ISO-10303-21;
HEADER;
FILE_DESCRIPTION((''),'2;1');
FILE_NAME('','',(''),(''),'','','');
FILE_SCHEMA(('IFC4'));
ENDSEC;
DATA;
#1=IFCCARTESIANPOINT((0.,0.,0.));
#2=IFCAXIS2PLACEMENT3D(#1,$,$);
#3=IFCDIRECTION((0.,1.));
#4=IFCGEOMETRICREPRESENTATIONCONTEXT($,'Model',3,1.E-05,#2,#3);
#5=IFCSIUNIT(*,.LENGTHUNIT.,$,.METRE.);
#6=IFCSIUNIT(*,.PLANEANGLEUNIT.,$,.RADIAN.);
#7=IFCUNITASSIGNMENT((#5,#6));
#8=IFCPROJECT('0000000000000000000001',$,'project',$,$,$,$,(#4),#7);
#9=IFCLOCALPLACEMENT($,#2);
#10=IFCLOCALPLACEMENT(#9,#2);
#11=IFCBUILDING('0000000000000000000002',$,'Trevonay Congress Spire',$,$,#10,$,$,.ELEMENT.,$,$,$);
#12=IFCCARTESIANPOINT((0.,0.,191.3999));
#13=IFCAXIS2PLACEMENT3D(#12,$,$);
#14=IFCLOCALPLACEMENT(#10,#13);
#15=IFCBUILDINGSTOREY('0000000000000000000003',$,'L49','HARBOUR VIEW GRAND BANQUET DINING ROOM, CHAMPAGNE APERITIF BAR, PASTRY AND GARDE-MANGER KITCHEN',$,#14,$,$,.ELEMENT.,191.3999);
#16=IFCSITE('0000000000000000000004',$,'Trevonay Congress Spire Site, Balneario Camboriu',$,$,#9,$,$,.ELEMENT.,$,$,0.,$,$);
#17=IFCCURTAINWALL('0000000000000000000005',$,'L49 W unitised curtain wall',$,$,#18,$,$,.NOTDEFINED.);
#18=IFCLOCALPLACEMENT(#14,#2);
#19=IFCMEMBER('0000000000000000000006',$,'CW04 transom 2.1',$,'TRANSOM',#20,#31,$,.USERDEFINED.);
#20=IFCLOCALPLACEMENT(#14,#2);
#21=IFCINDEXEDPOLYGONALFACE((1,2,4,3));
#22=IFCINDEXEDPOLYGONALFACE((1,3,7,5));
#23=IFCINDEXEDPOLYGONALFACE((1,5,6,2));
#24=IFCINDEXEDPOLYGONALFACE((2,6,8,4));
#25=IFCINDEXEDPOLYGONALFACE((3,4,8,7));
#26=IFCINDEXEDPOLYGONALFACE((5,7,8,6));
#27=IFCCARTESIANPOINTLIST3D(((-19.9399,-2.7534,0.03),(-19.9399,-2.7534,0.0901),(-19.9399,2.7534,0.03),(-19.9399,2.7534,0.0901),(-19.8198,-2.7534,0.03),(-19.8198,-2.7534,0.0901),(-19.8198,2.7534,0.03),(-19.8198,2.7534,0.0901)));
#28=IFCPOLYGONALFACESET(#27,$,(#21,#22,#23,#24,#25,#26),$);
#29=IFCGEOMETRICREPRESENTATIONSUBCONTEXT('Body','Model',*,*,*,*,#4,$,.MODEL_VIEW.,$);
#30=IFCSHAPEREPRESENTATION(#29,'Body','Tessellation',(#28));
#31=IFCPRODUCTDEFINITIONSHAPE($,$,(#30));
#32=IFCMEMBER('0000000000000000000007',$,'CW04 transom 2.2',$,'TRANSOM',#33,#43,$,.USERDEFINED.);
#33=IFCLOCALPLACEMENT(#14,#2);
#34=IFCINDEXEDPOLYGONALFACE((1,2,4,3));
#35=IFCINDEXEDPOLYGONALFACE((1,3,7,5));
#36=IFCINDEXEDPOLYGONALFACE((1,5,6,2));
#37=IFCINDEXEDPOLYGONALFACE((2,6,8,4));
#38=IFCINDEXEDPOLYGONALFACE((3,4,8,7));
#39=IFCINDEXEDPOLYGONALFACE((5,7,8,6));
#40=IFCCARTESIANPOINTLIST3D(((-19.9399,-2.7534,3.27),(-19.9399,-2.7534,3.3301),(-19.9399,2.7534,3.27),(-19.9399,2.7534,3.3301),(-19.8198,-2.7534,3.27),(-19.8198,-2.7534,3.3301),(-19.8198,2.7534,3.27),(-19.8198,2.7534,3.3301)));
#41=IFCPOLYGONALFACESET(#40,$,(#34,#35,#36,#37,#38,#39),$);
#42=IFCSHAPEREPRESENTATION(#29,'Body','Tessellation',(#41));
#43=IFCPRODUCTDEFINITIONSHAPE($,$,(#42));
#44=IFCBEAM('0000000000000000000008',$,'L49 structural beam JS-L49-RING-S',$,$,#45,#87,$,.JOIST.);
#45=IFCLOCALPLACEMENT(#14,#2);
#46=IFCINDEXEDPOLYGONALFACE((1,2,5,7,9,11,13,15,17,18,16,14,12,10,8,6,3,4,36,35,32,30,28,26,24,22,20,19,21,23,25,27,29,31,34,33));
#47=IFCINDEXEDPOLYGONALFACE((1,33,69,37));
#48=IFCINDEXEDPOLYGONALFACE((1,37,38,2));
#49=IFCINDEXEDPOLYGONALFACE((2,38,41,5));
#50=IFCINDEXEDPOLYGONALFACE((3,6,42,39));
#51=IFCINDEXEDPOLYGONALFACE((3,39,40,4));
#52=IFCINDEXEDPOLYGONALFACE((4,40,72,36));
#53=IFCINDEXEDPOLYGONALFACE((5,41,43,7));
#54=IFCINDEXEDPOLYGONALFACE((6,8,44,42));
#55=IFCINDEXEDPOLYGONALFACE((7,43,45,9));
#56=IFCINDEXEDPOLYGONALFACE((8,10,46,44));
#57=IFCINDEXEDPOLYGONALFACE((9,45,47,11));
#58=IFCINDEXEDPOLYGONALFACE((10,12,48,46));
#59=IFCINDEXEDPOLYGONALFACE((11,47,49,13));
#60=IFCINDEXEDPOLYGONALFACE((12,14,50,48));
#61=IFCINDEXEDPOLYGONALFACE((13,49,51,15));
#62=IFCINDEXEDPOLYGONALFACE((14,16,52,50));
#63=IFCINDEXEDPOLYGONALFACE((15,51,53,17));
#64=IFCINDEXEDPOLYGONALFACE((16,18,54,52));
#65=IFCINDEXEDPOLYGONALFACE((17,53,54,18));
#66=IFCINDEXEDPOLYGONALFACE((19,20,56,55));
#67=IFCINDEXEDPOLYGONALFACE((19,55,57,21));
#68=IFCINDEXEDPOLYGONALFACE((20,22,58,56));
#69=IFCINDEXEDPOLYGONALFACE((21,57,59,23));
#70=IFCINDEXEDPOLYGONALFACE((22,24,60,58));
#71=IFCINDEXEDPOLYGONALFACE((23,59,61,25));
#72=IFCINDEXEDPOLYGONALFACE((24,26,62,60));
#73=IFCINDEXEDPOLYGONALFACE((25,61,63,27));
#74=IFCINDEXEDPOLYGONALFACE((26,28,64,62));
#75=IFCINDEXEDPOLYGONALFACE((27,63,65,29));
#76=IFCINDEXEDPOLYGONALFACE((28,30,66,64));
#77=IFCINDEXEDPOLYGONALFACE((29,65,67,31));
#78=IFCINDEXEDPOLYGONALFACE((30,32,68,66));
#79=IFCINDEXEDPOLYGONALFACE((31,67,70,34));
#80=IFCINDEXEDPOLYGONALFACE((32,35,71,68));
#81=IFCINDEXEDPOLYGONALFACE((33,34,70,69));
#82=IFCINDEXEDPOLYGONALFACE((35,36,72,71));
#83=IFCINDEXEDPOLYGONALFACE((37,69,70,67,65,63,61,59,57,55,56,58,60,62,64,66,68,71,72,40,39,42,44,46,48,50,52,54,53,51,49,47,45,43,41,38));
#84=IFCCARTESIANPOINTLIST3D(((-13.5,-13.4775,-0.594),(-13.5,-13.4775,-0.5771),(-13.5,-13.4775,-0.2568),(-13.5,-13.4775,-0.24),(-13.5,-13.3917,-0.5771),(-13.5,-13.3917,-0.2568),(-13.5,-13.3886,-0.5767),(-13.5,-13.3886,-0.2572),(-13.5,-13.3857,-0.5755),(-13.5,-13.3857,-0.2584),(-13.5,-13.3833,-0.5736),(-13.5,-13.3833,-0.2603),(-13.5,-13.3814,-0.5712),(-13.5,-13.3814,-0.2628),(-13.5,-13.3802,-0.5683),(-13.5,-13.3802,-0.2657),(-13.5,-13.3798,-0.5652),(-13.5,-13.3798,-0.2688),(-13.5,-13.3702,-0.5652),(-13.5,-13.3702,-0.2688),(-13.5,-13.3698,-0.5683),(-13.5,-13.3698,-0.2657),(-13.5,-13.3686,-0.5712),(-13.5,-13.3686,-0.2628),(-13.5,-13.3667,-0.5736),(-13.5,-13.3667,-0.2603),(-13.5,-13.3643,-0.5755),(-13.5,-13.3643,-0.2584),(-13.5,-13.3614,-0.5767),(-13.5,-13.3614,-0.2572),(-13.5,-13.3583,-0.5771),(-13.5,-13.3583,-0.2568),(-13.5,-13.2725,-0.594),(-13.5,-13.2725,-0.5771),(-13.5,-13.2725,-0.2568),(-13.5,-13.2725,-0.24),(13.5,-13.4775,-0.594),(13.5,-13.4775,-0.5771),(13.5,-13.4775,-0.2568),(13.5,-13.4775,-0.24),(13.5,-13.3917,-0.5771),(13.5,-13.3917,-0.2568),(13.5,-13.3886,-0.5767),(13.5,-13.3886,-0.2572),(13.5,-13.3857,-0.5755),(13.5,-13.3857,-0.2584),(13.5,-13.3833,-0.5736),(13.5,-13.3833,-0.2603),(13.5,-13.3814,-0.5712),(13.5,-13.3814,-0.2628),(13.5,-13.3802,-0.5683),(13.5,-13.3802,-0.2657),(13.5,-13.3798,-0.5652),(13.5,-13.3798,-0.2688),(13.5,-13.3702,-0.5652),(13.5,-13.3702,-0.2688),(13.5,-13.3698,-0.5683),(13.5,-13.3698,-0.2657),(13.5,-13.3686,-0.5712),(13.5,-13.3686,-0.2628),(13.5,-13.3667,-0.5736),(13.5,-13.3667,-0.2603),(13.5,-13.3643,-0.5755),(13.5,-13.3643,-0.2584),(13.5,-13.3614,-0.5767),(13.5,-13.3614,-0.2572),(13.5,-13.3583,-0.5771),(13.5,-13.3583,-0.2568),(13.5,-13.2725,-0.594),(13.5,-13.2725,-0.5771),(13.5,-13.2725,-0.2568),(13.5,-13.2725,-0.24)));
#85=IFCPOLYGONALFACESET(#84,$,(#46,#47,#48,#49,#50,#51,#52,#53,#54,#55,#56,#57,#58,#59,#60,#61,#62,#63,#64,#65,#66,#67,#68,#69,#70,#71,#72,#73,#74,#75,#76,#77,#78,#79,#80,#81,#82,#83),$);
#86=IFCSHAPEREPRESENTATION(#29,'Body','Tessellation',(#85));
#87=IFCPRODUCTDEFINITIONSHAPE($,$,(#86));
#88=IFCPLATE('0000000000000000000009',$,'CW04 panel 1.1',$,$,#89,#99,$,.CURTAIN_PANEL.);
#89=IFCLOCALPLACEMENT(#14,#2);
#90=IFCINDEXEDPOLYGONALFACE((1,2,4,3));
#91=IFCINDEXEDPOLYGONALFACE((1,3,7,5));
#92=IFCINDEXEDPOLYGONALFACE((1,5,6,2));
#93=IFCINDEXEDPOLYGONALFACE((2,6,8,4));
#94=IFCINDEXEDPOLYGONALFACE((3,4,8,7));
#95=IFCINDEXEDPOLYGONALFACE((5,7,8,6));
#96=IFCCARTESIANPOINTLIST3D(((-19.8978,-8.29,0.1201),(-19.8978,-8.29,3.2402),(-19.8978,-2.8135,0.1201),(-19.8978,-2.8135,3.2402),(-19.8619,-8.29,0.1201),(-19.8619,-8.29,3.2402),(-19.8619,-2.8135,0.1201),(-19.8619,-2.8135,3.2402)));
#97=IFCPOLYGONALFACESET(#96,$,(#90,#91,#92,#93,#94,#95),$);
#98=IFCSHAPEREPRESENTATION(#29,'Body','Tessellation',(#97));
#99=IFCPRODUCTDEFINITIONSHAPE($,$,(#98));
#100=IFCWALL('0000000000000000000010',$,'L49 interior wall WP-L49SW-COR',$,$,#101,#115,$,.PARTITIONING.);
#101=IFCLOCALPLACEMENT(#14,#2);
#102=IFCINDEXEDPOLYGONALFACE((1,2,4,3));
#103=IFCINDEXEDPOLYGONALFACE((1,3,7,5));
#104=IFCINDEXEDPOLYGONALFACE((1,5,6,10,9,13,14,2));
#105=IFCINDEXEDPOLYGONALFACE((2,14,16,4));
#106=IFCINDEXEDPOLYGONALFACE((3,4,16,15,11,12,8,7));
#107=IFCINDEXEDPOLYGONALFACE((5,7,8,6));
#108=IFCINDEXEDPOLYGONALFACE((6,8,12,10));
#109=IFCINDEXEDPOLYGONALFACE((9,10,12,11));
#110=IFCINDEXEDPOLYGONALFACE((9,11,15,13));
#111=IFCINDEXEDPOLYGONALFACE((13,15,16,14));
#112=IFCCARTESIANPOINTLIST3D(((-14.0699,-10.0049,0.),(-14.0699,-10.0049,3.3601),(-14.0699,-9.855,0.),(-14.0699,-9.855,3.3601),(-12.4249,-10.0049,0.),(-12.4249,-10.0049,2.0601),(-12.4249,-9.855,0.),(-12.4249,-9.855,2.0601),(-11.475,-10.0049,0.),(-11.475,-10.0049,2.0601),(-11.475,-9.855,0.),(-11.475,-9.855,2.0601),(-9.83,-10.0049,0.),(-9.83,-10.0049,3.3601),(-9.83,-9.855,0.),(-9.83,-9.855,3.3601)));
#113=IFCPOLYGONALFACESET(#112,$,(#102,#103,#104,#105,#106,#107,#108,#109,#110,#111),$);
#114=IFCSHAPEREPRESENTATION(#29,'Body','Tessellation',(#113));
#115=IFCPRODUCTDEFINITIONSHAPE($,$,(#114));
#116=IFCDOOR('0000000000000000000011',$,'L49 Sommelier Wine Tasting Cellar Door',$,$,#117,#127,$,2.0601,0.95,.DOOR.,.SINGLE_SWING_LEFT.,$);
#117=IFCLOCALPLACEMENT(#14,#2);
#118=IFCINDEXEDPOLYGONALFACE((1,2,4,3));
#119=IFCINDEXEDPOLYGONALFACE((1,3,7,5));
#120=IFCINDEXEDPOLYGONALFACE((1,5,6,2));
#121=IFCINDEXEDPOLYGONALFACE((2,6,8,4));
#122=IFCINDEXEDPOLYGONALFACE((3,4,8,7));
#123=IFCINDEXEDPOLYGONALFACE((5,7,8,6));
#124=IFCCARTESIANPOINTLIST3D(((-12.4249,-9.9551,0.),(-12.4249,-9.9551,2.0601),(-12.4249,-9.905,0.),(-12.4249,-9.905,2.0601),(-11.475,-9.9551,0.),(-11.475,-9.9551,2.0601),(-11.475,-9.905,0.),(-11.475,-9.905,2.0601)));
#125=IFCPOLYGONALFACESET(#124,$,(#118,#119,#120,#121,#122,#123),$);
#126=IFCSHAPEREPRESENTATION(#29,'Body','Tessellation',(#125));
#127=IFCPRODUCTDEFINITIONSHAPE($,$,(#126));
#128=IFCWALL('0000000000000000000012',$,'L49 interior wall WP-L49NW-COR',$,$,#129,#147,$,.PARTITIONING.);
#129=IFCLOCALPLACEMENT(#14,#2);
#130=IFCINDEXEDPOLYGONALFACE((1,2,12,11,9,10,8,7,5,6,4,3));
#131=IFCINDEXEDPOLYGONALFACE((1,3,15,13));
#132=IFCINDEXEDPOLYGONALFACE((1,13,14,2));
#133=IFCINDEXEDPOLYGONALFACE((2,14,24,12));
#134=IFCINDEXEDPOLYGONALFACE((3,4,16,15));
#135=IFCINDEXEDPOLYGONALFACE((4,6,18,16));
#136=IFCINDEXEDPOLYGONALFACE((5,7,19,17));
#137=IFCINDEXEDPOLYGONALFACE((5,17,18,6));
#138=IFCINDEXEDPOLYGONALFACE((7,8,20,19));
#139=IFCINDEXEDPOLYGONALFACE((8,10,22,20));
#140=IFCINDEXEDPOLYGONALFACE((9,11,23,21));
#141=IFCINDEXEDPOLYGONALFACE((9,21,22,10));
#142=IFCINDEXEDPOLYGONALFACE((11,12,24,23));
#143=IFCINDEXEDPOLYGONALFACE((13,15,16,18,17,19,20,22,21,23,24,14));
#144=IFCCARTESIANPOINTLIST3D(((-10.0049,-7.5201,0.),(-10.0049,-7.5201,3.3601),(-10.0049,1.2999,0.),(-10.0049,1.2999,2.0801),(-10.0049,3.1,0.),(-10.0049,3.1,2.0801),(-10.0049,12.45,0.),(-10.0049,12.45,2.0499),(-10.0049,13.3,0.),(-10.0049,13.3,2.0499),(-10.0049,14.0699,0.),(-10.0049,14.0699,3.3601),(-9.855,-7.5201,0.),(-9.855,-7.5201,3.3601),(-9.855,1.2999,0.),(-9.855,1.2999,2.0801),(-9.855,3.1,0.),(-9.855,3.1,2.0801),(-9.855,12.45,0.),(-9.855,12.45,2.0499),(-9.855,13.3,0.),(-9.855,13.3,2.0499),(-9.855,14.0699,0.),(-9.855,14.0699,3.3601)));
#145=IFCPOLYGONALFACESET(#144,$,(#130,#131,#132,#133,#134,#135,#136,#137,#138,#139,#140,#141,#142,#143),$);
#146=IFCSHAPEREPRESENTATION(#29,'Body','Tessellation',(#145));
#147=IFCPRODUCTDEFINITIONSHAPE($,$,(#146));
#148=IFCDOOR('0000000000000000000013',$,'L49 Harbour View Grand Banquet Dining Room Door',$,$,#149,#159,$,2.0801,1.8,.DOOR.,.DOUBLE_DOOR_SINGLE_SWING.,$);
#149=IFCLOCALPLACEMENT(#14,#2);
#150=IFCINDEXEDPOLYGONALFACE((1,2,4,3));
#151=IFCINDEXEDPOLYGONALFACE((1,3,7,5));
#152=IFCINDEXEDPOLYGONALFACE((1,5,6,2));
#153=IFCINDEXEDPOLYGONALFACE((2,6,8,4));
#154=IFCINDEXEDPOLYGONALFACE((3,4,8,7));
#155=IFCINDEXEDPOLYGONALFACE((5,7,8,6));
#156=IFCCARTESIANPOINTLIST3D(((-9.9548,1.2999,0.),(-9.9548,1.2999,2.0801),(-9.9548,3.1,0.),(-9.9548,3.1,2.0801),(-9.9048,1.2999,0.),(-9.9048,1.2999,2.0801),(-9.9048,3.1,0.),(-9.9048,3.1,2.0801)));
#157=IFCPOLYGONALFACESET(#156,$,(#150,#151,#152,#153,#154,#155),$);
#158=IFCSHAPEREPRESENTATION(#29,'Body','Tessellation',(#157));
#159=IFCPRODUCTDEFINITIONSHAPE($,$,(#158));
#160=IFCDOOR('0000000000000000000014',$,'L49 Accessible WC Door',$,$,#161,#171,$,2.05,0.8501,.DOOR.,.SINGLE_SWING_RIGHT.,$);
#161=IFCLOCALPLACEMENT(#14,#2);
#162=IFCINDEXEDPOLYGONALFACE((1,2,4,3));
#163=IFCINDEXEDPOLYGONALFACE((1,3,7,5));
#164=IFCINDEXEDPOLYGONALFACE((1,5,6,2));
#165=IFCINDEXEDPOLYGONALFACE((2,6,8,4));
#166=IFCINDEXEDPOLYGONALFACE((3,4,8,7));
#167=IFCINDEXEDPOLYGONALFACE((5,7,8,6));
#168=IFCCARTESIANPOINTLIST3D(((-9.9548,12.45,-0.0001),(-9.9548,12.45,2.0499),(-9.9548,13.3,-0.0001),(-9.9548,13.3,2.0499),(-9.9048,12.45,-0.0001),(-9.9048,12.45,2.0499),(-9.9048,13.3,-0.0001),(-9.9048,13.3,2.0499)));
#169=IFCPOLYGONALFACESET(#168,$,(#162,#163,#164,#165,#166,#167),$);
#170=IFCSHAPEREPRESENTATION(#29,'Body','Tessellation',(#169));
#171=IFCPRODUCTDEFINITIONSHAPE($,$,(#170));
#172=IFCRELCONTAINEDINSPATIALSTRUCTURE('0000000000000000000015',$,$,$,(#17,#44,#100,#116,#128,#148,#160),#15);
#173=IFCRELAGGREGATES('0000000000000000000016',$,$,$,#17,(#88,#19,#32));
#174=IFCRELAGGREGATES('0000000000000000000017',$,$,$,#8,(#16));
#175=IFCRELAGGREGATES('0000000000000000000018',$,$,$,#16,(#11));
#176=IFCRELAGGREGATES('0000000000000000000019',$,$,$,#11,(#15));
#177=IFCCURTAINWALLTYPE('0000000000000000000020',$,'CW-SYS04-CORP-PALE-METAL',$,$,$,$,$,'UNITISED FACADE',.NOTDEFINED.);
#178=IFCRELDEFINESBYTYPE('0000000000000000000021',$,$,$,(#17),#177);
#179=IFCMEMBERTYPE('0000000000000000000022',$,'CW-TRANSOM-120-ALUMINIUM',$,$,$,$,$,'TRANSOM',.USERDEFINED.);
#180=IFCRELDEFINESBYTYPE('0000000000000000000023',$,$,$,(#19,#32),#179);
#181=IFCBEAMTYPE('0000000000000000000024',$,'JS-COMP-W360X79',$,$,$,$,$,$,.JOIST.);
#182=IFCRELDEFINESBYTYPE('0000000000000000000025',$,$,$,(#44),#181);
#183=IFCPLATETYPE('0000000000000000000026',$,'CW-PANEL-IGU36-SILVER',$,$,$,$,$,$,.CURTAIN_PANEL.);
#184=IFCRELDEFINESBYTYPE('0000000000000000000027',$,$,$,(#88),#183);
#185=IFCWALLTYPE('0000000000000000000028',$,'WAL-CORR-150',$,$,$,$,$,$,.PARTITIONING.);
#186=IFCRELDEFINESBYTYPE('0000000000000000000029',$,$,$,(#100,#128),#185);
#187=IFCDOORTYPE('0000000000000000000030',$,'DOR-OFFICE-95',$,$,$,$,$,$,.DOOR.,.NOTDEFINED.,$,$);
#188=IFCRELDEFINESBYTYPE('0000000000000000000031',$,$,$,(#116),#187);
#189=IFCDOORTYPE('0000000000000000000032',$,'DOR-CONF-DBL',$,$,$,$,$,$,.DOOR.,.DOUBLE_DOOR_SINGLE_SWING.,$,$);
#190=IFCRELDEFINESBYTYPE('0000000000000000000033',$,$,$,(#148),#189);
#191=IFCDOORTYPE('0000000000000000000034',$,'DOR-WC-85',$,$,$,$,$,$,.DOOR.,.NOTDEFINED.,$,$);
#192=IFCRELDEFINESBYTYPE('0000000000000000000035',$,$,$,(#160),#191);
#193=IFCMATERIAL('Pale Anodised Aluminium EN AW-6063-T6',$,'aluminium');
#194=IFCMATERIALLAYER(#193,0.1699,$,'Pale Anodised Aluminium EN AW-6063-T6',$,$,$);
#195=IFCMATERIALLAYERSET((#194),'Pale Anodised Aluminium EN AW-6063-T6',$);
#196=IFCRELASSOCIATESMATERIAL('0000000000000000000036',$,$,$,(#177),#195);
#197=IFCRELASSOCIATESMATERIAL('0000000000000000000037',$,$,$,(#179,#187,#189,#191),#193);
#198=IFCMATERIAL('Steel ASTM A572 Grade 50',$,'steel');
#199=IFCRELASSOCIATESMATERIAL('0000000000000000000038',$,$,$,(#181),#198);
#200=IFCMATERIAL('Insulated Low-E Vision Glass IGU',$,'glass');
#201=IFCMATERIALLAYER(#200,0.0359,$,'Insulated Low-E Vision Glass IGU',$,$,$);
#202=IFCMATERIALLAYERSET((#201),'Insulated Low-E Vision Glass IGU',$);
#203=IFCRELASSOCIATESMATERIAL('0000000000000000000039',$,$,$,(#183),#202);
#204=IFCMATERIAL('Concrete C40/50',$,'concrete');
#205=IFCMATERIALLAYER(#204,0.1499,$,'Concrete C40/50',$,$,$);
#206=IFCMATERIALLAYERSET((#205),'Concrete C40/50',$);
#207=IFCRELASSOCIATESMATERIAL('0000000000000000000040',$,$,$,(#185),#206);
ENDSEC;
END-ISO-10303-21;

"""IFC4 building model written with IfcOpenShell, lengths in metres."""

from ifc_helpers import new_model, si_unit, direction, frame, frame_2d, origin, origin_2d, place, context, subcontext, project, spatial, rectangle, i_section, extrude, material, layer, layer_set, material_profile, profile_set, type_object, element, fill, aggregate, save


model = new_model("IFC4")

# Units and contexts
model_context = context("Model", 3, precision=1e-05, world=origin(), true_north=direction((0.0, 1.0)))
body_context = subcontext(model_context, "Body", "Model", "MODEL_VIEW")
ifc_project = project(units=[si_unit("LENGTHUNIT", "METRE"), si_unit("PLANEANGLEUNIT", "RADIAN")], contexts=[model_context])

# Site, building, storey
site_placement = place(None, origin())
site = spatial("IfcSite", under=ifc_project, at=site_placement, Name="Trevonay Congress Spire Site, Balneario Camboriu", CompositionType="ELEMENT", RefElevation=0.0)
building_placement = place(site_placement, origin())
building = spatial("IfcBuilding", under=site, at=building_placement, Name="Trevonay Congress Spire", CompositionType="ELEMENT")
storey_placement = place(building_placement, frame((0.0, 0.0, 191.3999)))
storey = spatial("IfcBuildingStorey", under=building, at=storey_placement, Name="L49", Description="HARBOUR VIEW GRAND BANQUET DINING ROOM, CHAMPAGNE APERITIF BAR, PASTRY AND GARDE-MANGER KITCHEN", CompositionType="ELEMENT", Elevation=191.3999)

# Shared definitions
ifc_material_1 = material(Name="Steel ASTM A572 Grade 50", Category="steel")

# Curtain wall, members
ifc_material_2 = material(Name="Pale Anodised Aluminium EN AW-6063-T6", Category="aluminium")
ifc_layer_1 = layer(ifc_material_2, 0.1699, Name="Pale Anodised Aluminium EN AW-6063-T6")
ifc_layer_set_1 = layer_set([ifc_layer_1], Name="Pale Anodised Aluminium EN AW-6063-T6")
curtain_wall_type = type_object("IfcCurtainWallType", Name="CW-SYS04-CORP-PALE-METAL", ElementType="UNITISED FACADE", PredefinedType="NOTDEFINED", material=ifc_layer_set_1)
curtain_wall_placement = place(storey_placement, origin())
curtain_wall = element("IfcCurtainWall", 1, at=curtain_wall_placement, inside=storey, type_object=curtain_wall_type, Name="L49 W unitised curtain wall", PredefinedType="NOTDEFINED")
ifc_material_profile_1 = material_profile(ifc_material_2, rectangle(XDim=0.1201, YDim=0.0601, at=origin_2d()), Name="CW-TRANSOM-120-ALUMINIUM")
ifc_profile_set_1 = profile_set([ifc_material_profile_1], Name="Pale Anodised Aluminium EN AW-6063-T6")
member_type_1 = type_object("IfcMemberType", Name="CW-TRANSOM-120-ALUMINIUM", ElementType="TRANSOM", PredefinedType="USERDEFINED", material=ifc_profile_set_1)
member_1_placement = place(storey_placement, frame((-19.8799, -2.7534, 0.0601), z_axis=(0.0, 1.0, 0.0), x_axis=(-1.0, 0.0, 0.0)))
member_1 = element("IfcMember", 2, at=member_1_placement, type_object=member_type_1, Name="CW04 transom 2.1", ObjectType="TRANSOM", PredefinedType="USERDEFINED", context=body_context, shape_type="SweptSolid", body=[
    extrude(rectangle(XDim=0.1201, YDim=0.0601, at=origin_2d()), origin(), (0.0, 0.0, 1.0), 5.5068),
])
member_2_placement = place(storey_placement, frame((-19.8799, -2.7534, 3.3), z_axis=(0.0, 1.0, 0.0), x_axis=(-1.0, 0.0, 0.0)))
member_2 = element("IfcMember", 3, at=member_2_placement, type_object=member_type_1, Name="CW04 transom 2.2", ObjectType="TRANSOM", PredefinedType="USERDEFINED", context=body_context, shape_type="SweptSolid", body=[
    extrude(rectangle(XDim=0.1201, YDim=0.0601, at=origin_2d()), origin(), (0.0, 0.0, 1.0), 5.5068),
])

# Beam
ifc_material_profile_2 = material_profile(ifc_material_1, i_section(OverallWidth=0.2051, OverallDepth=0.354, WebThickness=0.0095, FlangeThickness=0.0168, FilletRadius=0.012, at=origin_2d()), Name="W360x79")
ifc_profile_set_2 = profile_set([ifc_material_profile_2], Name="Steel ASTM A572 Grade 50")
beam_type_1 = type_object("IfcBeamType", Name="JS-COMP-W360X79", PredefinedType="JOIST", material=ifc_profile_set_2)
beam_1_placement = place(storey_placement, frame((-13.5, -13.375, -0.417), z_axis=(1.0, 0.0, 0.0), x_axis=(0.0, 1.0, 0.0)))
element("IfcBeam", 4, at=beam_1_placement, inside=storey, type_object=beam_type_1, Name="L49 structural beam JS-L49-RING-S", PredefinedType="JOIST", context=body_context, shape_type="SweptSolid", body=[
    extrude(i_section(OverallWidth=0.2051, OverallDepth=0.354, WebThickness=0.0095, FlangeThickness=0.0168, FilletRadius=0.012, at=origin_2d()), origin(), (0.0, 0.0, 1.0), 27.0),
])

# Plate
ifc_material_3 = material(Name="Insulated Low-E Vision Glass IGU", Category="glass")
ifc_layer_2 = layer(ifc_material_3, 0.0359, Name="Insulated Low-E Vision Glass IGU")
ifc_layer_set_2 = layer_set([ifc_layer_2], Name="Insulated Low-E Vision Glass IGU")
plate_type = type_object("IfcPlateType", Name="CW-PANEL-IGU36-SILVER", PredefinedType="CURTAIN_PANEL", material=ifc_layer_set_2)
plate_placement = place(storey_placement, frame((-19.8799, -5.5518, 0.1201), z_axis=(0.0, 0.0, 1.0), x_axis=(0.0, 1.0, 0.0)))
plate = element("IfcPlate", 5, at=plate_placement, type_object=plate_type, Name="CW04 panel 1.1", PredefinedType="CURTAIN_PANEL", context=body_context, shape_type="SweptSolid", body=[
    extrude(rectangle(XDim=5.4766, YDim=0.0359, at=origin_2d()), origin(), (0.0, 0.0, 1.0), 3.1201),
])
aggregate(curtain_wall, [plate, member_1, member_2])

# Wall, opening, door
ifc_material_4 = material(Name="Concrete C40/50", Category="concrete")
ifc_layer_3 = layer(ifc_material_4, 0.1499, Name="Concrete C40/50")
ifc_layer_set_3 = layer_set([ifc_layer_3], Name="Concrete C40/50")
wall_type_1 = type_object("IfcWallType", Name="WAL-CORR-150", PredefinedType="PARTITIONING", material=ifc_layer_set_3)
wall_1_placement = place(storey_placement, frame((-14.0701, -9.9299, 0.0), z_axis=(0.0, 0.0, 1.0), x_axis=(1.0, 0.0, 0.0)))
wall_1 = element("IfcWall", 6, at=wall_1_placement, inside=storey, type_object=wall_type_1, Name="L49 interior wall WP-L49SW-COR", PredefinedType="PARTITIONING", context=body_context, shape_type="SweptSolid", body=[
    extrude(rectangle(XDim=4.24, YDim=0.1499, at=frame_2d((2.1201, 0.0))), origin(), (0.0, 0.0, 1.0), 3.3601),
])
opening_1_placement = place(wall_1_placement, frame((1.645, 0.0, 0.0)))
opening_1 = element("IfcOpeningElement", 7, at=opening_1_placement, cuts=wall_1, PredefinedType="OPENING", context=body_context, shape_type="SweptSolid", body=[
    extrude(rectangle(XDim=0.95, YDim=2.0601, at=frame_2d((0.4751, 1.03))), frame((0.0, 0.085, 0.0), z_axis=(0.0, -1.0, 0.0), x_axis=(1.0, 0.0, 0.0)), (0.0, 0.0, 1.0), 0.1699),
])
door_type_1 = type_object("IfcDoorType", Name="DOR-OFFICE-95", OperationType="NOTDEFINED", PredefinedType="DOOR", material=ifc_material_2)
door_1_placement = place(opening_1_placement, origin())
door_1 = element("IfcDoor", 8, at=door_1_placement, inside=storey, type_object=door_type_1, Name="L49 Sommelier Wine Tasting Cellar Door", OperationType="SINGLE_SWING_LEFT", OverallHeight=2.0601, OverallWidth=0.95, PredefinedType="DOOR", context=body_context, shape_type="SweptSolid", body=[
    extrude(rectangle(XDim=0.95, YDim=2.0601, at=frame_2d((0.4751, 1.03))), frame((0.0, 0.0249, 0.0), z_axis=(0.0, -1.0, 0.0), x_axis=(1.0, 0.0, 0.0)), (0.0, 0.0, 1.0), 0.05),
])
fill(opening_1, door_1)

# Wall, openings, doors
wall_2_placement = place(storey_placement, frame((-9.9299, -7.52, 0.0), z_axis=(0.0, 0.0, 1.0), x_axis=(0.0, 1.0, 0.0)))
wall_2 = element("IfcWall", 9, at=wall_2_placement, inside=storey, type_object=wall_type_1, Name="L49 interior wall WP-L49NW-COR", PredefinedType="PARTITIONING", context=body_context, shape_type="SweptSolid", body=[
    extrude(rectangle(XDim=21.5901, YDim=0.1499, at=frame_2d((10.7949, 0.0))), origin(), (0.0, 0.0, 1.0), 3.3601),
])
opening_2_placement = place(wall_2_placement, frame((8.8201, 0.0, 0.0)))
opening_2 = element("IfcOpeningElement", 10, at=opening_2_placement, cuts=wall_2, PredefinedType="OPENING", context=body_context, shape_type="SweptSolid", body=[
    extrude(rectangle(XDim=1.8, YDim=2.0801, at=frame_2d((0.8999, 1.04))), frame((0.0, 0.085, 0.0), z_axis=(0.0, -1.0, 0.0), x_axis=(1.0, 0.0, 0.0)), (0.0, 0.0, 1.0), 0.1699),
])
opening_3_placement = place(wall_2_placement, frame((19.97, 0.0, 0.0)))
opening_3 = element("IfcOpeningElement", 11, at=opening_3_placement, cuts=wall_2, PredefinedType="OPENING", context=body_context, shape_type="SweptSolid", body=[
    extrude(rectangle(XDim=0.8501, YDim=2.05, at=frame_2d((0.425, 1.0249))), frame((0.0, 0.085, 0.0), z_axis=(0.0, -1.0, 0.0), x_axis=(1.0, 0.0, 0.0)), (0.0, 0.0, 1.0), 0.1699),
])
door_type_2 = type_object("IfcDoorType", Name="DOR-CONF-DBL", OperationType="DOUBLE_DOOR_SINGLE_SWING", PredefinedType="DOOR", material=ifc_material_2)
door_2_placement = place(opening_2_placement, origin())
door_2 = element("IfcDoor", 12, at=door_2_placement, inside=storey, type_object=door_type_2, Name="L49 Harbour View Grand Banquet Dining Room Door", OperationType="DOUBLE_DOOR_SINGLE_SWING", OverallHeight=2.0801, OverallWidth=1.8, PredefinedType="DOOR", context=body_context, shape_type="SweptSolid", body=[
    extrude(rectangle(XDim=1.8, YDim=2.0801, at=frame_2d((0.8999, 1.04))), frame((0.0, 0.0249, 0.0), z_axis=(0.0, -1.0, 0.0), x_axis=(1.0, 0.0, 0.0)), (0.0, 0.0, 1.0), 0.05),
])
fill(opening_2, door_2)
door_type_3 = type_object("IfcDoorType", Name="DOR-WC-85", OperationType="NOTDEFINED", PredefinedType="DOOR", material=ifc_material_2)
door_3_placement = place(opening_3_placement, origin())
door_3 = element("IfcDoor", 13, at=door_3_placement, inside=storey, type_object=door_type_3, Name="L49 Accessible WC Door", OperationType="SINGLE_SWING_RIGHT", OverallHeight=2.05, OverallWidth=0.8501, PredefinedType="DOOR", context=body_context, shape_type="SweptSolid", body=[
    extrude(rectangle(XDim=0.8501, YDim=2.05, at=frame_2d((0.425, 1.0249))), frame((0.0, 0.0249, 0.0), z_axis=(0.0, -1.0, 0.0), x_axis=(1.0, 0.0, 0.0)), (0.0, 0.0, 1.0), 0.05),
])
fill(opening_3, door_3)

save(model, "model.ifc")
